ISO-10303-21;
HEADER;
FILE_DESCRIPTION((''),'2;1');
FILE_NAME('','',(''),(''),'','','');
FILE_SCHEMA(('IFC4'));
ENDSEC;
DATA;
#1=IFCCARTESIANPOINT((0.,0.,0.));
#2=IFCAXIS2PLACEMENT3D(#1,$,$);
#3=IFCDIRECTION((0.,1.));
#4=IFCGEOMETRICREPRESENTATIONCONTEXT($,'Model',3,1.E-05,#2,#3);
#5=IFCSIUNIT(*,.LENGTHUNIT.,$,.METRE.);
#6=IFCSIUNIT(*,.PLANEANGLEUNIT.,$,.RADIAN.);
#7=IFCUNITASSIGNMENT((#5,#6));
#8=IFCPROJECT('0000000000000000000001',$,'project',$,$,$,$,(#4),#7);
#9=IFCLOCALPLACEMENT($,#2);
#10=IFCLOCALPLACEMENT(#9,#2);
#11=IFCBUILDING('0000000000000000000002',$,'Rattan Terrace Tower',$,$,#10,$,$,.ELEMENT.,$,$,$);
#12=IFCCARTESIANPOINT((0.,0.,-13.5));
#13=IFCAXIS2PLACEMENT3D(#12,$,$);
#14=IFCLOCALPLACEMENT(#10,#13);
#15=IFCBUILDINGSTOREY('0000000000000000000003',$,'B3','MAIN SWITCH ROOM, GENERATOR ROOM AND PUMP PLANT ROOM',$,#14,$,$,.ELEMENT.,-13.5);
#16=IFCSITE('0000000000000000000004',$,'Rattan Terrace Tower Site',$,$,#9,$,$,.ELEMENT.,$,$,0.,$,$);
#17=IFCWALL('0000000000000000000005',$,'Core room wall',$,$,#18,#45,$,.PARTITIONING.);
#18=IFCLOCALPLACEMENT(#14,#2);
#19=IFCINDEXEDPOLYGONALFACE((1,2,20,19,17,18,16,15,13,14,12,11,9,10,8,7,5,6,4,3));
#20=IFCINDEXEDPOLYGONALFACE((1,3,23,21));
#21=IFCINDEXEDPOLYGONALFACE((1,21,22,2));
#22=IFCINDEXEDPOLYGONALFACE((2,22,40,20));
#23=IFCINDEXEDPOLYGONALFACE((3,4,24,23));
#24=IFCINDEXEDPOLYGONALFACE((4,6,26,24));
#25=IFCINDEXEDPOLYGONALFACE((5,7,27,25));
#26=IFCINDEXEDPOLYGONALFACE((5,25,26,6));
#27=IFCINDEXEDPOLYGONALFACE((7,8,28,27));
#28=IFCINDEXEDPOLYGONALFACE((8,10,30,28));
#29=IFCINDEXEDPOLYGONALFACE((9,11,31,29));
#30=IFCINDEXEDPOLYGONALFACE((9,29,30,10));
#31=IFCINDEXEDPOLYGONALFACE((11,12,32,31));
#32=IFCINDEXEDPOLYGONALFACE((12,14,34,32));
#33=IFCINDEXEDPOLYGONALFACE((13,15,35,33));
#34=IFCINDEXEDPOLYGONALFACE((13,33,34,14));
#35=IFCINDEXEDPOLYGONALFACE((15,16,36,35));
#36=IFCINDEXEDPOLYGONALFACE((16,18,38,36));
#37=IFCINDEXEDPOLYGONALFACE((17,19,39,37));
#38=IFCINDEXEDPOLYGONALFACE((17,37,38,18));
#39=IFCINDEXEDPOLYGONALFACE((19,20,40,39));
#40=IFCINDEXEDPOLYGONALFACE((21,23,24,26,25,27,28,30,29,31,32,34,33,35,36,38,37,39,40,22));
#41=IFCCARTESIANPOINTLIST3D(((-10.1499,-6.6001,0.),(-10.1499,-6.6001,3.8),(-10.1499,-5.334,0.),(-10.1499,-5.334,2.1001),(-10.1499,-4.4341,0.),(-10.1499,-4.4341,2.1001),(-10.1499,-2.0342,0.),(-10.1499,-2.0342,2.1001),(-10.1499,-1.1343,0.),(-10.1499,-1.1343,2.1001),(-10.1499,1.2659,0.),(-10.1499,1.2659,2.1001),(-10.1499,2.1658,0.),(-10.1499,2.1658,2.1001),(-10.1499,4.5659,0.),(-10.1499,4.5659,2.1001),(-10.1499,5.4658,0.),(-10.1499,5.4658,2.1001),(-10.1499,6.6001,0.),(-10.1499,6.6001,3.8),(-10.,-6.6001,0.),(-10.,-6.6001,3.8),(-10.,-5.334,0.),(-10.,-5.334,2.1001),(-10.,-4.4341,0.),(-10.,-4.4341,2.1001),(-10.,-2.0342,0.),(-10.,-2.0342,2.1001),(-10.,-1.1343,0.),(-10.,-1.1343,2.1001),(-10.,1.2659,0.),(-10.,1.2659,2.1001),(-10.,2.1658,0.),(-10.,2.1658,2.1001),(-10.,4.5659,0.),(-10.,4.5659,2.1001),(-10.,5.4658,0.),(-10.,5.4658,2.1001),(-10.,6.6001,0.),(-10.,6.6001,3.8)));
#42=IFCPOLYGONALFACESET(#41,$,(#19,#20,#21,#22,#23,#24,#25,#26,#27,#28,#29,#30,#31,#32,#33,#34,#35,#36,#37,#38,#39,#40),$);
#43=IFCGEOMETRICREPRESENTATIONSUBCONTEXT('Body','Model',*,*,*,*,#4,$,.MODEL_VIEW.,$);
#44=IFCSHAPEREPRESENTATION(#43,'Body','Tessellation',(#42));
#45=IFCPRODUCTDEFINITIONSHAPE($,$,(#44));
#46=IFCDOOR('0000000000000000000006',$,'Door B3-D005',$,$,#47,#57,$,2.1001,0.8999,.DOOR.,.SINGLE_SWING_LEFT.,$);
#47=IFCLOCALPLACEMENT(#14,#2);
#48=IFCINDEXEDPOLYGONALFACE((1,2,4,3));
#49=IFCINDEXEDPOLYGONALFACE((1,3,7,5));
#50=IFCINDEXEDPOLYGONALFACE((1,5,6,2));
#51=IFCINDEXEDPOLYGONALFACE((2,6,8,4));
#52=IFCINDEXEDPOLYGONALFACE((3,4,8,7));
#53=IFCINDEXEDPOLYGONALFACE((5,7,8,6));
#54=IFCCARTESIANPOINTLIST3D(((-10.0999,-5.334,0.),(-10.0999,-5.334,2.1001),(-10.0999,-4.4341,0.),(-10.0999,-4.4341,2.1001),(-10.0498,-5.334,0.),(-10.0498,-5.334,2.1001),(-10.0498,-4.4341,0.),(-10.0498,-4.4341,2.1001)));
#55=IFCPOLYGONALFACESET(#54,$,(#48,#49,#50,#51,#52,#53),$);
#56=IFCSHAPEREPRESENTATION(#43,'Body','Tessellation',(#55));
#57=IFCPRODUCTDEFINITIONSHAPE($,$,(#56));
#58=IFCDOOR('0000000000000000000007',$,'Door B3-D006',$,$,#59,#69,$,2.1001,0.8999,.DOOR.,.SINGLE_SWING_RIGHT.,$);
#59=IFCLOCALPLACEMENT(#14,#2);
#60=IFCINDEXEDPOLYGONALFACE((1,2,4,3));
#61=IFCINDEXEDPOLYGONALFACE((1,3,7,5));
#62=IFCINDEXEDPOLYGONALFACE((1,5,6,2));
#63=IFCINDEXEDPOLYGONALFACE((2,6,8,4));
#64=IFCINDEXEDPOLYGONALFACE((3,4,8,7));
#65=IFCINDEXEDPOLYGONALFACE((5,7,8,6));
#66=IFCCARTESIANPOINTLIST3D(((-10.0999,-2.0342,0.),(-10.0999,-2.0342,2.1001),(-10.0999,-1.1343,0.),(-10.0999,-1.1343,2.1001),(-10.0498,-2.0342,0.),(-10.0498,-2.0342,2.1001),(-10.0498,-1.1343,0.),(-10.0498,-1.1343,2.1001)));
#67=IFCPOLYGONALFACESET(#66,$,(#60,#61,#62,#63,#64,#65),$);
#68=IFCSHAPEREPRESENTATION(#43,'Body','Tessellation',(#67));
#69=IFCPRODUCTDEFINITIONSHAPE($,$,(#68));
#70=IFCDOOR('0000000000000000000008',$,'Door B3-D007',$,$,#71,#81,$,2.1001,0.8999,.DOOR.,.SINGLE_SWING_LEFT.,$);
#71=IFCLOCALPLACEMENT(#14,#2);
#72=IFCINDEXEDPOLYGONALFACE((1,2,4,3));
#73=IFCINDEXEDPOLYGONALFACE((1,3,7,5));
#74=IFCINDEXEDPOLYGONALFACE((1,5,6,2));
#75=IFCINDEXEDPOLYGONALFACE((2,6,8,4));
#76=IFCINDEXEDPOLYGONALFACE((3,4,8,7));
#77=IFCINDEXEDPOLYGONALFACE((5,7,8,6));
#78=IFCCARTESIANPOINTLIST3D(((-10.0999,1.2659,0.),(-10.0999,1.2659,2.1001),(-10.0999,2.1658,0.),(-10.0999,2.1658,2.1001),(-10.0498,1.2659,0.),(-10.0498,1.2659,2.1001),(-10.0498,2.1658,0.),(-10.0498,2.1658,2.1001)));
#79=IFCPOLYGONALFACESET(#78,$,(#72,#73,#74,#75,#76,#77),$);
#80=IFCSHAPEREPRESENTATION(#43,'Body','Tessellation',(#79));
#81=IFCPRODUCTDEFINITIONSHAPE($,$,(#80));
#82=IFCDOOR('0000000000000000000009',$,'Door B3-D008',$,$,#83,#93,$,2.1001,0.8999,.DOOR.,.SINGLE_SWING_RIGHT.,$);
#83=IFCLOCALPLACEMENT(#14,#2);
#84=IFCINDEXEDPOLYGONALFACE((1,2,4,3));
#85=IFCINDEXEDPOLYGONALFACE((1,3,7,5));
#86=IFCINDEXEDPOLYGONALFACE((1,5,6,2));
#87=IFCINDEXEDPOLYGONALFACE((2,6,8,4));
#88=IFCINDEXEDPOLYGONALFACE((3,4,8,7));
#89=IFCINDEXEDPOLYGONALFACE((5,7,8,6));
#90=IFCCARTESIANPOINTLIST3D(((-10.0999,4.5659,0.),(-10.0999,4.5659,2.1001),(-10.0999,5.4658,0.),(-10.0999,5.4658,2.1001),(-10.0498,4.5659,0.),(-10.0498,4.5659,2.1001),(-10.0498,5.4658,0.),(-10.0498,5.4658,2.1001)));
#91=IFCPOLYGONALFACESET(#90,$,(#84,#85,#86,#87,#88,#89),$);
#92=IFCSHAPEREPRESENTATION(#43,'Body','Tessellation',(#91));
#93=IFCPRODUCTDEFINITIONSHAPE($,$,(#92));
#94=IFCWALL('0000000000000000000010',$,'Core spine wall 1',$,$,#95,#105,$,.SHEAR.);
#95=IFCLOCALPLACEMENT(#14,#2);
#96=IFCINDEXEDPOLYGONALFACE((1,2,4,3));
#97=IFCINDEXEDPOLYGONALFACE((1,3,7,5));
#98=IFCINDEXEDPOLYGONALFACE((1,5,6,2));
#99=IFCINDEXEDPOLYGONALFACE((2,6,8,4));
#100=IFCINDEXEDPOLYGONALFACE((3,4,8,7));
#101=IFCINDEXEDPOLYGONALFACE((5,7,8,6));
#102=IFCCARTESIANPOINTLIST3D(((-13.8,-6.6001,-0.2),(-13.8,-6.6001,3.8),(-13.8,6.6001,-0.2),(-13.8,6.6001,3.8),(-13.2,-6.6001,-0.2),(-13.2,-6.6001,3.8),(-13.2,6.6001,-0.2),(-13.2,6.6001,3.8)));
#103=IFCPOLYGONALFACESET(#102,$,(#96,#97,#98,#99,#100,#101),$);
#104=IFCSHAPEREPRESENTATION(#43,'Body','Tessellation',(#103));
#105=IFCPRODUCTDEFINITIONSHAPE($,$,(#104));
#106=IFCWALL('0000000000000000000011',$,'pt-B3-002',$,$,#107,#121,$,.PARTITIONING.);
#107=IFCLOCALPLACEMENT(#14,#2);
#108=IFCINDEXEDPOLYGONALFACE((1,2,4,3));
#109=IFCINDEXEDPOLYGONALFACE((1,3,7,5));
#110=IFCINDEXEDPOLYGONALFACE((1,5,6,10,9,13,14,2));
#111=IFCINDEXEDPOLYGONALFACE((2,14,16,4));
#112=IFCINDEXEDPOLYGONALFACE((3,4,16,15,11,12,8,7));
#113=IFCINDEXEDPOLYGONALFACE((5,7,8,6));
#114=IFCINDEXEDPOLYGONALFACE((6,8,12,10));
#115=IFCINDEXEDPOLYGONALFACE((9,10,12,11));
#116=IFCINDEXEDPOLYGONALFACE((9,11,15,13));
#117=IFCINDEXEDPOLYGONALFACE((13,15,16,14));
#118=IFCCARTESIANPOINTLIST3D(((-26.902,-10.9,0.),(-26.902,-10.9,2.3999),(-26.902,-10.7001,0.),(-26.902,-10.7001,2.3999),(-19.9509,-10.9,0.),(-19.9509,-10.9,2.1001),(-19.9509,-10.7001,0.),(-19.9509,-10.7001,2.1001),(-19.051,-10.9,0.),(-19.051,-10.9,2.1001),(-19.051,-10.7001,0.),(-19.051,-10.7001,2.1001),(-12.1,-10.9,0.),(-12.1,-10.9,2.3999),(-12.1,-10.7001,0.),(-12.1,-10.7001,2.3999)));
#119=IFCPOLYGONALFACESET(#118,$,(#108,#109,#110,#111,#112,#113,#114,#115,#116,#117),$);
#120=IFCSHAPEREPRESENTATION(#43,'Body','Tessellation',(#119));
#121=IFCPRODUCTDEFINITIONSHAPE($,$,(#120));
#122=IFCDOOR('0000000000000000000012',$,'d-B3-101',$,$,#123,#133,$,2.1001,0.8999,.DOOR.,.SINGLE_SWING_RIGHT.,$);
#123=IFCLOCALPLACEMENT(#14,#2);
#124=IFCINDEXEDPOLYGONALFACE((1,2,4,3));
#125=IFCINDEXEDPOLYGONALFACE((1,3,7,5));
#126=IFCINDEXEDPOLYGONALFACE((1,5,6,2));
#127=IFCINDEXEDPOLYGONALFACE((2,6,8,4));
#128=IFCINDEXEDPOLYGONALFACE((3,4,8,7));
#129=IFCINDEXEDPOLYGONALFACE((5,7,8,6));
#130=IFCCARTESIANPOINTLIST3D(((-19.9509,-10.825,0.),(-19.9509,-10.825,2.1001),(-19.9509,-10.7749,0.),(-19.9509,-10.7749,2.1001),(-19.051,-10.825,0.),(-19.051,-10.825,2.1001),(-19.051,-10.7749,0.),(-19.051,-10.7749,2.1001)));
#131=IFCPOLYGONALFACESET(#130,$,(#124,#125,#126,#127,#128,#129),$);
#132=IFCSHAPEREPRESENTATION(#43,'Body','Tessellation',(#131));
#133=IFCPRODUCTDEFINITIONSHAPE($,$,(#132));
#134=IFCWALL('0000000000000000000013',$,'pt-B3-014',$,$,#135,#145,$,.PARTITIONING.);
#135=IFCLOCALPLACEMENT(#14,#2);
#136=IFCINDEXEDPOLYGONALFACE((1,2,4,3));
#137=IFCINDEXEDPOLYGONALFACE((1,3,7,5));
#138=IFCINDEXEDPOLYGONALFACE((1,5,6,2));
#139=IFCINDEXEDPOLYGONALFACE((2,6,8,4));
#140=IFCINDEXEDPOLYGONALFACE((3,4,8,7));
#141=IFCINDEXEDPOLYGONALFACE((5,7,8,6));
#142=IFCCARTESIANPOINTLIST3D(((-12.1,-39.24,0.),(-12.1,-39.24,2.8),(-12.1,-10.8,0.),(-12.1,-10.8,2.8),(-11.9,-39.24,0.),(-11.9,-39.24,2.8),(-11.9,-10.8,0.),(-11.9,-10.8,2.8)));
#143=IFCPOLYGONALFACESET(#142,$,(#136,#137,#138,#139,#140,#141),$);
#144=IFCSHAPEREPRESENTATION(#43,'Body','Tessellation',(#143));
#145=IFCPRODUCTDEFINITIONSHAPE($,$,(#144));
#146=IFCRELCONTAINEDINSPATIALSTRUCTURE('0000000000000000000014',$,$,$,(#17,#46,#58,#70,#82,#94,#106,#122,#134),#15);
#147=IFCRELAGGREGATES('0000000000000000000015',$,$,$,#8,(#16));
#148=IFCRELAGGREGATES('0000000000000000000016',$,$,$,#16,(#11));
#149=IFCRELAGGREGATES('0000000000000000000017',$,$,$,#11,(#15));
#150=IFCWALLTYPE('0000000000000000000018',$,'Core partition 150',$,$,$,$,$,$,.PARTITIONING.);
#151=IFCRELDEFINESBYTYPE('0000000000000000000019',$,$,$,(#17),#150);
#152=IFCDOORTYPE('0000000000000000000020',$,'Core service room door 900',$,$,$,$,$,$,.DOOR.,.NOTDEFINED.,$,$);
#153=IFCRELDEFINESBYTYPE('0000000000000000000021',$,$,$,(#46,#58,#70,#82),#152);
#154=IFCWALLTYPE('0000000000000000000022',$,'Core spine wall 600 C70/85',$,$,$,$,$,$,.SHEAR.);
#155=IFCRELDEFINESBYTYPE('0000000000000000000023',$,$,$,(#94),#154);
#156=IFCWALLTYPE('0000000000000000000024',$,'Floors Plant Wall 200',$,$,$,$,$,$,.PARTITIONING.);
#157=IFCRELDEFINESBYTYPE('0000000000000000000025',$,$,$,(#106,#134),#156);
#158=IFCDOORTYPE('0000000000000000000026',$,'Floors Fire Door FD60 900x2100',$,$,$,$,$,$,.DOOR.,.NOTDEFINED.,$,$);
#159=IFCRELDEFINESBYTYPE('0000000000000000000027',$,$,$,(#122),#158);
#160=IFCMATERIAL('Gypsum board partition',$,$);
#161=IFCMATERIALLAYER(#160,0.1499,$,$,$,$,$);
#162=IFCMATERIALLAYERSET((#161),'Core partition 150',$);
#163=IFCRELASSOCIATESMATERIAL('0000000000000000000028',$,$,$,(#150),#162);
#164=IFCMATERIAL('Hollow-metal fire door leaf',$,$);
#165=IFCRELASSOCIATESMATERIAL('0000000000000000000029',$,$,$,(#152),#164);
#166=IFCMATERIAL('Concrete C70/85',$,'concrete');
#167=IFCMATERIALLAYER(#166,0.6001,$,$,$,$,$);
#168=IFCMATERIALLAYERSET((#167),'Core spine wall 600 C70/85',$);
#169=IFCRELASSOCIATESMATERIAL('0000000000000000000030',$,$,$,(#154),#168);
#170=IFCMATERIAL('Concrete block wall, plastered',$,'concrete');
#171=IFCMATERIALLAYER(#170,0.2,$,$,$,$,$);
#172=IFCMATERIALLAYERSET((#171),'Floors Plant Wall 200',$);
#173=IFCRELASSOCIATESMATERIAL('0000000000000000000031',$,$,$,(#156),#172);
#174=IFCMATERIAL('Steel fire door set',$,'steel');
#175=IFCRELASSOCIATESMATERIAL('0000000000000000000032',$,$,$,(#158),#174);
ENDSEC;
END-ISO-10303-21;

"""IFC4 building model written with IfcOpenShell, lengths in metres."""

from ifc_helpers import new_model, si_unit, direction, frame, frame_2d, origin, place, context, subcontext, project, spatial, rectangle, extrude, material, layer, layer_set, type_object, element, fill, save


model = new_model("IFC4")

# Units and contexts
model_context = context("Model", 3, precision=1e-05, world=origin(), true_north=direction((0.0, 1.0)))
body_context = subcontext(model_context, "Body", "Model", "MODEL_VIEW")
ifc_project = project(units=[si_unit("LENGTHUNIT", "METRE"), si_unit("PLANEANGLEUNIT", "RADIAN")], contexts=[model_context])

# Site, building, storey
site_placement = place(None, origin())
site = spatial("IfcSite", under=ifc_project, at=site_placement, Name="Rattan Terrace Tower Site", CompositionType="ELEMENT", RefElevation=0.0)
building_placement = place(site_placement, origin())
building = spatial("IfcBuilding", under=site, at=building_placement, Name="Rattan Terrace Tower", CompositionType="ELEMENT")
storey_placement = place(building_placement, frame((0.0, 0.0, -13.5)))
storey = spatial("IfcBuildingStorey", under=building, at=storey_placement, Name="B3", Description="MAIN SWITCH ROOM, GENERATOR ROOM AND PUMP PLANT ROOM", CompositionType="ELEMENT", Elevation=-13.5)

# Wall, openings, doors
ifc_material_1 = material(Name="Gypsum board partition")
ifc_layer_1 = layer(ifc_material_1, 0.1499)
ifc_layer_set_1 = layer_set([ifc_layer_1], Name="Core partition 150")
wall_type_1 = type_object("IfcWallType", Name="Core partition 150", PredefinedType="PARTITIONING", material=ifc_layer_set_1)
wall_1_placement = place(storey_placement, frame((-10.075, -6.6001, 0.0), z_axis=(0.0, 0.0, 1.0), x_axis=(0.0, 1.0, 0.0)))
wall_1 = element("IfcWall", 1, at=wall_1_placement, inside=storey, type_object=wall_type_1, Name="Core room wall", PredefinedType="PARTITIONING", context=body_context, shape_type="SweptSolid", body=[
    extrude(rectangle(XDim=13.2002, YDim=0.1499, at=frame_2d((6.6001, 0.0))), origin(), (0.0, 0.0, 1.0), 3.8),
])
opening_1_placement = place(wall_1_placement, frame((1.2661, 0.0, 0.0)))
opening_1 = element("IfcOpeningElement", 2, at=opening_1_placement, cuts=wall_1, PredefinedType="OPENING", context=body_context, shape_type="SweptSolid", body=[
    extrude(rectangle(XDim=0.8999, YDim=2.1001, at=frame_2d((0.45, 1.05))), frame((0.0, 0.0854, 0.0), z_axis=(0.0, -1.0, 0.0), x_axis=(1.0, 0.0, 0.0)), (0.0, 0.0, 1.0), 0.1709),
])
opening_2_placement = place(wall_1_placement, frame((4.5659, 0.0, 0.0)))
opening_2 = element("IfcOpeningElement", 3, at=opening_2_placement, cuts=wall_1, PredefinedType="OPENING", context=body_context, shape_type="SweptSolid", body=[
    extrude(rectangle(XDim=0.8999, YDim=2.1001, at=frame_2d((0.45, 1.05))), frame((0.0, 0.0854, 0.0), z_axis=(0.0, -1.0, 0.0), x_axis=(1.0, 0.0, 0.0)), (0.0, 0.0, 1.0), 0.1709),
])
opening_3_placement = place(wall_1_placement, frame((7.866, 0.0, 0.0)))
opening_3 = element("IfcOpeningElement", 4, at=opening_3_placement, cuts=wall_1, PredefinedType="OPENING", context=body_context, shape_type="SweptSolid", body=[
    extrude(rectangle(XDim=0.8999, YDim=2.1001, at=frame_2d((0.45, 1.05))), frame((0.0, 0.0854, 0.0), z_axis=(0.0, -1.0, 0.0), x_axis=(1.0, 0.0, 0.0)), (0.0, 0.0, 1.0), 0.1709),
])
opening_4_placement = place(wall_1_placement, frame((11.166, 0.0, 0.0)))
opening_4 = element("IfcOpeningElement", 5, at=opening_4_placement, cuts=wall_1, PredefinedType="OPENING", context=body_context, shape_type="SweptSolid", body=[
    extrude(rectangle(XDim=0.8999, YDim=2.1001, at=frame_2d((0.45, 1.05))), frame((0.0, 0.0854, 0.0), z_axis=(0.0, -1.0, 0.0), x_axis=(1.0, 0.0, 0.0)), (0.0, 0.0, 1.0), 0.1709),
])
ifc_material_2 = material(Name="Hollow-metal fire door leaf")
door_type_1 = type_object("IfcDoorType", Name="Core service room door 900", OperationType="NOTDEFINED", PredefinedType="DOOR", material=ifc_material_2)
door_1_placement = place(opening_1_placement, origin())
door_1 = element("IfcDoor", 6, at=door_1_placement, inside=storey, type_object=door_type_1, Name="Door B3-D005", OperationType="SINGLE_SWING_LEFT", OverallHeight=2.1001, OverallWidth=0.8999, PredefinedType="DOOR", context=body_context, shape_type="SweptSolid", body=[
    extrude(rectangle(XDim=0.8999, YDim=2.1001, at=frame_2d((0.45, 1.05))), frame((0.0, 0.0249, 0.0), z_axis=(0.0, -1.0, 0.0), x_axis=(1.0, 0.0, 0.0)), (0.0, 0.0, 1.0), 0.05),
])
fill(opening_1, door_1)
door_2_placement = place(opening_2_placement, origin())
door_2 = element("IfcDoor", 7, at=door_2_placement, inside=storey, type_object=door_type_1, Name="Door B3-D006", OperationType="SINGLE_SWING_RIGHT", OverallHeight=2.1001, OverallWidth=0.8999, PredefinedType="DOOR", context=body_context, shape_type="SweptSolid", body=[
    extrude(rectangle(XDim=0.8999, YDim=2.1001, at=frame_2d((0.45, 1.05))), frame((0.0, 0.0249, 0.0), z_axis=(0.0, -1.0, 0.0), x_axis=(1.0, 0.0, 0.0)), (0.0, 0.0, 1.0), 0.05),
])
fill(opening_2, door_2)
door_3_placement = place(opening_3_placement, origin())
door_3 = element("IfcDoor", 8, at=door_3_placement, inside=storey, type_object=door_type_1, Name="Door B3-D007", OperationType="SINGLE_SWING_LEFT", OverallHeight=2.1001, OverallWidth=0.8999, PredefinedType="DOOR", context=body_context, shape_type="SweptSolid", body=[
    extrude(rectangle(XDim=0.8999, YDim=2.1001, at=frame_2d((0.45, 1.05))), frame((0.0, 0.0249, 0.0), z_axis=(0.0, -1.0, 0.0), x_axis=(1.0, 0.0, 0.0)), (0.0, 0.0, 1.0), 0.05),
])
fill(opening_3, door_3)
door_4_placement = place(opening_4_placement, origin())
door_4 = element("IfcDoor", 9, at=door_4_placement, inside=storey, type_object=door_type_1, Name="Door B3-D008", OperationType="SINGLE_SWING_RIGHT", OverallHeight=2.1001, OverallWidth=0.8999, PredefinedType="DOOR", context=body_context, shape_type="SweptSolid", body=[
    extrude(rectangle(XDim=0.8999, YDim=2.1001, at=frame_2d((0.45, 1.05))), frame((0.0, 0.0249, 0.0), z_axis=(0.0, -1.0, 0.0), x_axis=(1.0, 0.0, 0.0)), (0.0, 0.0, 1.0), 0.05),
])
fill(opening_4, door_4)

# Wall
ifc_material_3 = material(Name="Concrete C70/85", Category="concrete")
ifc_layer_2 = layer(ifc_material_3, 0.6001)
ifc_layer_set_2 = layer_set([ifc_layer_2], Name="Core spine wall 600 C70/85")
wall_type_2 = type_object("IfcWallType", Name="Core spine wall 600 C70/85", PredefinedType="SHEAR", material=ifc_layer_set_2)
wall_2_placement = place(storey_placement, frame((-13.5, -6.6001, -0.2), z_axis=(0.0, 0.0, 1.0), x_axis=(0.0, 1.0, 0.0)))
element("IfcWall", 10, at=wall_2_placement, inside=storey, type_object=wall_type_2, Name="Core spine wall 1", PredefinedType="SHEAR", context=body_context, shape_type="SweptSolid", body=[
    extrude(rectangle(XDim=13.2002, YDim=0.6001, at=frame_2d((6.6001, 0.0))), origin(), (0.0, 0.0, 1.0), 4.0),
])

# Wall, opening, door
ifc_material_4 = material(Name="Concrete block wall, plastered", Category="concrete")
ifc_layer_3 = layer(ifc_material_4, 0.2)
ifc_layer_set_3 = layer_set([ifc_layer_3], Name="Floors Plant Wall 200")
wall_type_3 = type_object("IfcWallType", Name="Floors Plant Wall 200", PredefinedType="PARTITIONING", material=ifc_layer_set_3)
wall_3_placement = place(storey_placement, frame((-12.1001, -10.8, 0.0), z_axis=(0.0, 0.0, 1.0), x_axis=(-1.0, 0.0, 0.0)))
wall_3 = element("IfcWall", 11, at=wall_3_placement, inside=storey, type_object=wall_type_3, Name="pt-B3-002", PredefinedType="PARTITIONING", context=body_context, shape_type="SweptSolid", body=[
    extrude(rectangle(XDim=14.802, YDim=0.2, at=frame_2d((7.4009, 0.0))), origin(), (0.0, 0.0, 1.0), 2.3999),
])
opening_5_placement = place(wall_3_placement, frame((6.9509, 0.0, 0.0)))
opening_5 = element("IfcOpeningElement", 12, at=opening_5_placement, cuts=wall_3, PredefinedType="OPENING", context=body_context, shape_type="SweptSolid", body=[
    extrude(rectangle(XDim=0.8999, YDim=2.1001, at=frame_2d((0.45, 1.05))), frame((0.0, 0.1106, 0.0), z_axis=(0.0, -1.0, 0.0), x_axis=(1.0, 0.0, 0.0)), (0.0, 0.0, 1.0), 0.2209),
])
ifc_material_5 = material(Name="Steel fire door set", Category="steel")
door_type_2 = type_object("IfcDoorType", Name="Floors Fire Door FD60 900x2100", OperationType="NOTDEFINED", PredefinedType="DOOR", material=ifc_material_5)
door_5_placement = place(opening_5_placement, origin())
door_5 = element("IfcDoor", 13, at=door_5_placement, inside=storey, type_object=door_type_2, Name="d-B3-101", OperationType="SINGLE_SWING_RIGHT", OverallHeight=2.1001, OverallWidth=0.8999, PredefinedType="DOOR", context=body_context, shape_type="SweptSolid", body=[
    extrude(rectangle(XDim=0.8999, YDim=2.1001, at=frame_2d((0.45, 1.05))), frame((0.0, 0.0249, 0.0), z_axis=(0.0, -1.0, 0.0), x_axis=(1.0, 0.0, 0.0)), (0.0, 0.0, 1.0), 0.05),
])
fill(opening_5, door_5)

# Wall
wall_4_placement = place(storey_placement, frame((-12.0, -10.8, 0.0), z_axis=(0.0, 0.0, 1.0), x_axis=(0.0, -1.0, 0.0)))
element("IfcWall", 14, at=wall_4_placement, inside=storey, type_object=wall_type_3, Name="pt-B3-014", PredefinedType="PARTITIONING", context=body_context, shape_type="SweptSolid", body=[
    extrude(rectangle(XDim=28.4399, YDim=0.2, at=frame_2d((14.22, 0.0))), origin(), (0.0, 0.0, 1.0), 2.8),
])

save(model, "model.ifc")
